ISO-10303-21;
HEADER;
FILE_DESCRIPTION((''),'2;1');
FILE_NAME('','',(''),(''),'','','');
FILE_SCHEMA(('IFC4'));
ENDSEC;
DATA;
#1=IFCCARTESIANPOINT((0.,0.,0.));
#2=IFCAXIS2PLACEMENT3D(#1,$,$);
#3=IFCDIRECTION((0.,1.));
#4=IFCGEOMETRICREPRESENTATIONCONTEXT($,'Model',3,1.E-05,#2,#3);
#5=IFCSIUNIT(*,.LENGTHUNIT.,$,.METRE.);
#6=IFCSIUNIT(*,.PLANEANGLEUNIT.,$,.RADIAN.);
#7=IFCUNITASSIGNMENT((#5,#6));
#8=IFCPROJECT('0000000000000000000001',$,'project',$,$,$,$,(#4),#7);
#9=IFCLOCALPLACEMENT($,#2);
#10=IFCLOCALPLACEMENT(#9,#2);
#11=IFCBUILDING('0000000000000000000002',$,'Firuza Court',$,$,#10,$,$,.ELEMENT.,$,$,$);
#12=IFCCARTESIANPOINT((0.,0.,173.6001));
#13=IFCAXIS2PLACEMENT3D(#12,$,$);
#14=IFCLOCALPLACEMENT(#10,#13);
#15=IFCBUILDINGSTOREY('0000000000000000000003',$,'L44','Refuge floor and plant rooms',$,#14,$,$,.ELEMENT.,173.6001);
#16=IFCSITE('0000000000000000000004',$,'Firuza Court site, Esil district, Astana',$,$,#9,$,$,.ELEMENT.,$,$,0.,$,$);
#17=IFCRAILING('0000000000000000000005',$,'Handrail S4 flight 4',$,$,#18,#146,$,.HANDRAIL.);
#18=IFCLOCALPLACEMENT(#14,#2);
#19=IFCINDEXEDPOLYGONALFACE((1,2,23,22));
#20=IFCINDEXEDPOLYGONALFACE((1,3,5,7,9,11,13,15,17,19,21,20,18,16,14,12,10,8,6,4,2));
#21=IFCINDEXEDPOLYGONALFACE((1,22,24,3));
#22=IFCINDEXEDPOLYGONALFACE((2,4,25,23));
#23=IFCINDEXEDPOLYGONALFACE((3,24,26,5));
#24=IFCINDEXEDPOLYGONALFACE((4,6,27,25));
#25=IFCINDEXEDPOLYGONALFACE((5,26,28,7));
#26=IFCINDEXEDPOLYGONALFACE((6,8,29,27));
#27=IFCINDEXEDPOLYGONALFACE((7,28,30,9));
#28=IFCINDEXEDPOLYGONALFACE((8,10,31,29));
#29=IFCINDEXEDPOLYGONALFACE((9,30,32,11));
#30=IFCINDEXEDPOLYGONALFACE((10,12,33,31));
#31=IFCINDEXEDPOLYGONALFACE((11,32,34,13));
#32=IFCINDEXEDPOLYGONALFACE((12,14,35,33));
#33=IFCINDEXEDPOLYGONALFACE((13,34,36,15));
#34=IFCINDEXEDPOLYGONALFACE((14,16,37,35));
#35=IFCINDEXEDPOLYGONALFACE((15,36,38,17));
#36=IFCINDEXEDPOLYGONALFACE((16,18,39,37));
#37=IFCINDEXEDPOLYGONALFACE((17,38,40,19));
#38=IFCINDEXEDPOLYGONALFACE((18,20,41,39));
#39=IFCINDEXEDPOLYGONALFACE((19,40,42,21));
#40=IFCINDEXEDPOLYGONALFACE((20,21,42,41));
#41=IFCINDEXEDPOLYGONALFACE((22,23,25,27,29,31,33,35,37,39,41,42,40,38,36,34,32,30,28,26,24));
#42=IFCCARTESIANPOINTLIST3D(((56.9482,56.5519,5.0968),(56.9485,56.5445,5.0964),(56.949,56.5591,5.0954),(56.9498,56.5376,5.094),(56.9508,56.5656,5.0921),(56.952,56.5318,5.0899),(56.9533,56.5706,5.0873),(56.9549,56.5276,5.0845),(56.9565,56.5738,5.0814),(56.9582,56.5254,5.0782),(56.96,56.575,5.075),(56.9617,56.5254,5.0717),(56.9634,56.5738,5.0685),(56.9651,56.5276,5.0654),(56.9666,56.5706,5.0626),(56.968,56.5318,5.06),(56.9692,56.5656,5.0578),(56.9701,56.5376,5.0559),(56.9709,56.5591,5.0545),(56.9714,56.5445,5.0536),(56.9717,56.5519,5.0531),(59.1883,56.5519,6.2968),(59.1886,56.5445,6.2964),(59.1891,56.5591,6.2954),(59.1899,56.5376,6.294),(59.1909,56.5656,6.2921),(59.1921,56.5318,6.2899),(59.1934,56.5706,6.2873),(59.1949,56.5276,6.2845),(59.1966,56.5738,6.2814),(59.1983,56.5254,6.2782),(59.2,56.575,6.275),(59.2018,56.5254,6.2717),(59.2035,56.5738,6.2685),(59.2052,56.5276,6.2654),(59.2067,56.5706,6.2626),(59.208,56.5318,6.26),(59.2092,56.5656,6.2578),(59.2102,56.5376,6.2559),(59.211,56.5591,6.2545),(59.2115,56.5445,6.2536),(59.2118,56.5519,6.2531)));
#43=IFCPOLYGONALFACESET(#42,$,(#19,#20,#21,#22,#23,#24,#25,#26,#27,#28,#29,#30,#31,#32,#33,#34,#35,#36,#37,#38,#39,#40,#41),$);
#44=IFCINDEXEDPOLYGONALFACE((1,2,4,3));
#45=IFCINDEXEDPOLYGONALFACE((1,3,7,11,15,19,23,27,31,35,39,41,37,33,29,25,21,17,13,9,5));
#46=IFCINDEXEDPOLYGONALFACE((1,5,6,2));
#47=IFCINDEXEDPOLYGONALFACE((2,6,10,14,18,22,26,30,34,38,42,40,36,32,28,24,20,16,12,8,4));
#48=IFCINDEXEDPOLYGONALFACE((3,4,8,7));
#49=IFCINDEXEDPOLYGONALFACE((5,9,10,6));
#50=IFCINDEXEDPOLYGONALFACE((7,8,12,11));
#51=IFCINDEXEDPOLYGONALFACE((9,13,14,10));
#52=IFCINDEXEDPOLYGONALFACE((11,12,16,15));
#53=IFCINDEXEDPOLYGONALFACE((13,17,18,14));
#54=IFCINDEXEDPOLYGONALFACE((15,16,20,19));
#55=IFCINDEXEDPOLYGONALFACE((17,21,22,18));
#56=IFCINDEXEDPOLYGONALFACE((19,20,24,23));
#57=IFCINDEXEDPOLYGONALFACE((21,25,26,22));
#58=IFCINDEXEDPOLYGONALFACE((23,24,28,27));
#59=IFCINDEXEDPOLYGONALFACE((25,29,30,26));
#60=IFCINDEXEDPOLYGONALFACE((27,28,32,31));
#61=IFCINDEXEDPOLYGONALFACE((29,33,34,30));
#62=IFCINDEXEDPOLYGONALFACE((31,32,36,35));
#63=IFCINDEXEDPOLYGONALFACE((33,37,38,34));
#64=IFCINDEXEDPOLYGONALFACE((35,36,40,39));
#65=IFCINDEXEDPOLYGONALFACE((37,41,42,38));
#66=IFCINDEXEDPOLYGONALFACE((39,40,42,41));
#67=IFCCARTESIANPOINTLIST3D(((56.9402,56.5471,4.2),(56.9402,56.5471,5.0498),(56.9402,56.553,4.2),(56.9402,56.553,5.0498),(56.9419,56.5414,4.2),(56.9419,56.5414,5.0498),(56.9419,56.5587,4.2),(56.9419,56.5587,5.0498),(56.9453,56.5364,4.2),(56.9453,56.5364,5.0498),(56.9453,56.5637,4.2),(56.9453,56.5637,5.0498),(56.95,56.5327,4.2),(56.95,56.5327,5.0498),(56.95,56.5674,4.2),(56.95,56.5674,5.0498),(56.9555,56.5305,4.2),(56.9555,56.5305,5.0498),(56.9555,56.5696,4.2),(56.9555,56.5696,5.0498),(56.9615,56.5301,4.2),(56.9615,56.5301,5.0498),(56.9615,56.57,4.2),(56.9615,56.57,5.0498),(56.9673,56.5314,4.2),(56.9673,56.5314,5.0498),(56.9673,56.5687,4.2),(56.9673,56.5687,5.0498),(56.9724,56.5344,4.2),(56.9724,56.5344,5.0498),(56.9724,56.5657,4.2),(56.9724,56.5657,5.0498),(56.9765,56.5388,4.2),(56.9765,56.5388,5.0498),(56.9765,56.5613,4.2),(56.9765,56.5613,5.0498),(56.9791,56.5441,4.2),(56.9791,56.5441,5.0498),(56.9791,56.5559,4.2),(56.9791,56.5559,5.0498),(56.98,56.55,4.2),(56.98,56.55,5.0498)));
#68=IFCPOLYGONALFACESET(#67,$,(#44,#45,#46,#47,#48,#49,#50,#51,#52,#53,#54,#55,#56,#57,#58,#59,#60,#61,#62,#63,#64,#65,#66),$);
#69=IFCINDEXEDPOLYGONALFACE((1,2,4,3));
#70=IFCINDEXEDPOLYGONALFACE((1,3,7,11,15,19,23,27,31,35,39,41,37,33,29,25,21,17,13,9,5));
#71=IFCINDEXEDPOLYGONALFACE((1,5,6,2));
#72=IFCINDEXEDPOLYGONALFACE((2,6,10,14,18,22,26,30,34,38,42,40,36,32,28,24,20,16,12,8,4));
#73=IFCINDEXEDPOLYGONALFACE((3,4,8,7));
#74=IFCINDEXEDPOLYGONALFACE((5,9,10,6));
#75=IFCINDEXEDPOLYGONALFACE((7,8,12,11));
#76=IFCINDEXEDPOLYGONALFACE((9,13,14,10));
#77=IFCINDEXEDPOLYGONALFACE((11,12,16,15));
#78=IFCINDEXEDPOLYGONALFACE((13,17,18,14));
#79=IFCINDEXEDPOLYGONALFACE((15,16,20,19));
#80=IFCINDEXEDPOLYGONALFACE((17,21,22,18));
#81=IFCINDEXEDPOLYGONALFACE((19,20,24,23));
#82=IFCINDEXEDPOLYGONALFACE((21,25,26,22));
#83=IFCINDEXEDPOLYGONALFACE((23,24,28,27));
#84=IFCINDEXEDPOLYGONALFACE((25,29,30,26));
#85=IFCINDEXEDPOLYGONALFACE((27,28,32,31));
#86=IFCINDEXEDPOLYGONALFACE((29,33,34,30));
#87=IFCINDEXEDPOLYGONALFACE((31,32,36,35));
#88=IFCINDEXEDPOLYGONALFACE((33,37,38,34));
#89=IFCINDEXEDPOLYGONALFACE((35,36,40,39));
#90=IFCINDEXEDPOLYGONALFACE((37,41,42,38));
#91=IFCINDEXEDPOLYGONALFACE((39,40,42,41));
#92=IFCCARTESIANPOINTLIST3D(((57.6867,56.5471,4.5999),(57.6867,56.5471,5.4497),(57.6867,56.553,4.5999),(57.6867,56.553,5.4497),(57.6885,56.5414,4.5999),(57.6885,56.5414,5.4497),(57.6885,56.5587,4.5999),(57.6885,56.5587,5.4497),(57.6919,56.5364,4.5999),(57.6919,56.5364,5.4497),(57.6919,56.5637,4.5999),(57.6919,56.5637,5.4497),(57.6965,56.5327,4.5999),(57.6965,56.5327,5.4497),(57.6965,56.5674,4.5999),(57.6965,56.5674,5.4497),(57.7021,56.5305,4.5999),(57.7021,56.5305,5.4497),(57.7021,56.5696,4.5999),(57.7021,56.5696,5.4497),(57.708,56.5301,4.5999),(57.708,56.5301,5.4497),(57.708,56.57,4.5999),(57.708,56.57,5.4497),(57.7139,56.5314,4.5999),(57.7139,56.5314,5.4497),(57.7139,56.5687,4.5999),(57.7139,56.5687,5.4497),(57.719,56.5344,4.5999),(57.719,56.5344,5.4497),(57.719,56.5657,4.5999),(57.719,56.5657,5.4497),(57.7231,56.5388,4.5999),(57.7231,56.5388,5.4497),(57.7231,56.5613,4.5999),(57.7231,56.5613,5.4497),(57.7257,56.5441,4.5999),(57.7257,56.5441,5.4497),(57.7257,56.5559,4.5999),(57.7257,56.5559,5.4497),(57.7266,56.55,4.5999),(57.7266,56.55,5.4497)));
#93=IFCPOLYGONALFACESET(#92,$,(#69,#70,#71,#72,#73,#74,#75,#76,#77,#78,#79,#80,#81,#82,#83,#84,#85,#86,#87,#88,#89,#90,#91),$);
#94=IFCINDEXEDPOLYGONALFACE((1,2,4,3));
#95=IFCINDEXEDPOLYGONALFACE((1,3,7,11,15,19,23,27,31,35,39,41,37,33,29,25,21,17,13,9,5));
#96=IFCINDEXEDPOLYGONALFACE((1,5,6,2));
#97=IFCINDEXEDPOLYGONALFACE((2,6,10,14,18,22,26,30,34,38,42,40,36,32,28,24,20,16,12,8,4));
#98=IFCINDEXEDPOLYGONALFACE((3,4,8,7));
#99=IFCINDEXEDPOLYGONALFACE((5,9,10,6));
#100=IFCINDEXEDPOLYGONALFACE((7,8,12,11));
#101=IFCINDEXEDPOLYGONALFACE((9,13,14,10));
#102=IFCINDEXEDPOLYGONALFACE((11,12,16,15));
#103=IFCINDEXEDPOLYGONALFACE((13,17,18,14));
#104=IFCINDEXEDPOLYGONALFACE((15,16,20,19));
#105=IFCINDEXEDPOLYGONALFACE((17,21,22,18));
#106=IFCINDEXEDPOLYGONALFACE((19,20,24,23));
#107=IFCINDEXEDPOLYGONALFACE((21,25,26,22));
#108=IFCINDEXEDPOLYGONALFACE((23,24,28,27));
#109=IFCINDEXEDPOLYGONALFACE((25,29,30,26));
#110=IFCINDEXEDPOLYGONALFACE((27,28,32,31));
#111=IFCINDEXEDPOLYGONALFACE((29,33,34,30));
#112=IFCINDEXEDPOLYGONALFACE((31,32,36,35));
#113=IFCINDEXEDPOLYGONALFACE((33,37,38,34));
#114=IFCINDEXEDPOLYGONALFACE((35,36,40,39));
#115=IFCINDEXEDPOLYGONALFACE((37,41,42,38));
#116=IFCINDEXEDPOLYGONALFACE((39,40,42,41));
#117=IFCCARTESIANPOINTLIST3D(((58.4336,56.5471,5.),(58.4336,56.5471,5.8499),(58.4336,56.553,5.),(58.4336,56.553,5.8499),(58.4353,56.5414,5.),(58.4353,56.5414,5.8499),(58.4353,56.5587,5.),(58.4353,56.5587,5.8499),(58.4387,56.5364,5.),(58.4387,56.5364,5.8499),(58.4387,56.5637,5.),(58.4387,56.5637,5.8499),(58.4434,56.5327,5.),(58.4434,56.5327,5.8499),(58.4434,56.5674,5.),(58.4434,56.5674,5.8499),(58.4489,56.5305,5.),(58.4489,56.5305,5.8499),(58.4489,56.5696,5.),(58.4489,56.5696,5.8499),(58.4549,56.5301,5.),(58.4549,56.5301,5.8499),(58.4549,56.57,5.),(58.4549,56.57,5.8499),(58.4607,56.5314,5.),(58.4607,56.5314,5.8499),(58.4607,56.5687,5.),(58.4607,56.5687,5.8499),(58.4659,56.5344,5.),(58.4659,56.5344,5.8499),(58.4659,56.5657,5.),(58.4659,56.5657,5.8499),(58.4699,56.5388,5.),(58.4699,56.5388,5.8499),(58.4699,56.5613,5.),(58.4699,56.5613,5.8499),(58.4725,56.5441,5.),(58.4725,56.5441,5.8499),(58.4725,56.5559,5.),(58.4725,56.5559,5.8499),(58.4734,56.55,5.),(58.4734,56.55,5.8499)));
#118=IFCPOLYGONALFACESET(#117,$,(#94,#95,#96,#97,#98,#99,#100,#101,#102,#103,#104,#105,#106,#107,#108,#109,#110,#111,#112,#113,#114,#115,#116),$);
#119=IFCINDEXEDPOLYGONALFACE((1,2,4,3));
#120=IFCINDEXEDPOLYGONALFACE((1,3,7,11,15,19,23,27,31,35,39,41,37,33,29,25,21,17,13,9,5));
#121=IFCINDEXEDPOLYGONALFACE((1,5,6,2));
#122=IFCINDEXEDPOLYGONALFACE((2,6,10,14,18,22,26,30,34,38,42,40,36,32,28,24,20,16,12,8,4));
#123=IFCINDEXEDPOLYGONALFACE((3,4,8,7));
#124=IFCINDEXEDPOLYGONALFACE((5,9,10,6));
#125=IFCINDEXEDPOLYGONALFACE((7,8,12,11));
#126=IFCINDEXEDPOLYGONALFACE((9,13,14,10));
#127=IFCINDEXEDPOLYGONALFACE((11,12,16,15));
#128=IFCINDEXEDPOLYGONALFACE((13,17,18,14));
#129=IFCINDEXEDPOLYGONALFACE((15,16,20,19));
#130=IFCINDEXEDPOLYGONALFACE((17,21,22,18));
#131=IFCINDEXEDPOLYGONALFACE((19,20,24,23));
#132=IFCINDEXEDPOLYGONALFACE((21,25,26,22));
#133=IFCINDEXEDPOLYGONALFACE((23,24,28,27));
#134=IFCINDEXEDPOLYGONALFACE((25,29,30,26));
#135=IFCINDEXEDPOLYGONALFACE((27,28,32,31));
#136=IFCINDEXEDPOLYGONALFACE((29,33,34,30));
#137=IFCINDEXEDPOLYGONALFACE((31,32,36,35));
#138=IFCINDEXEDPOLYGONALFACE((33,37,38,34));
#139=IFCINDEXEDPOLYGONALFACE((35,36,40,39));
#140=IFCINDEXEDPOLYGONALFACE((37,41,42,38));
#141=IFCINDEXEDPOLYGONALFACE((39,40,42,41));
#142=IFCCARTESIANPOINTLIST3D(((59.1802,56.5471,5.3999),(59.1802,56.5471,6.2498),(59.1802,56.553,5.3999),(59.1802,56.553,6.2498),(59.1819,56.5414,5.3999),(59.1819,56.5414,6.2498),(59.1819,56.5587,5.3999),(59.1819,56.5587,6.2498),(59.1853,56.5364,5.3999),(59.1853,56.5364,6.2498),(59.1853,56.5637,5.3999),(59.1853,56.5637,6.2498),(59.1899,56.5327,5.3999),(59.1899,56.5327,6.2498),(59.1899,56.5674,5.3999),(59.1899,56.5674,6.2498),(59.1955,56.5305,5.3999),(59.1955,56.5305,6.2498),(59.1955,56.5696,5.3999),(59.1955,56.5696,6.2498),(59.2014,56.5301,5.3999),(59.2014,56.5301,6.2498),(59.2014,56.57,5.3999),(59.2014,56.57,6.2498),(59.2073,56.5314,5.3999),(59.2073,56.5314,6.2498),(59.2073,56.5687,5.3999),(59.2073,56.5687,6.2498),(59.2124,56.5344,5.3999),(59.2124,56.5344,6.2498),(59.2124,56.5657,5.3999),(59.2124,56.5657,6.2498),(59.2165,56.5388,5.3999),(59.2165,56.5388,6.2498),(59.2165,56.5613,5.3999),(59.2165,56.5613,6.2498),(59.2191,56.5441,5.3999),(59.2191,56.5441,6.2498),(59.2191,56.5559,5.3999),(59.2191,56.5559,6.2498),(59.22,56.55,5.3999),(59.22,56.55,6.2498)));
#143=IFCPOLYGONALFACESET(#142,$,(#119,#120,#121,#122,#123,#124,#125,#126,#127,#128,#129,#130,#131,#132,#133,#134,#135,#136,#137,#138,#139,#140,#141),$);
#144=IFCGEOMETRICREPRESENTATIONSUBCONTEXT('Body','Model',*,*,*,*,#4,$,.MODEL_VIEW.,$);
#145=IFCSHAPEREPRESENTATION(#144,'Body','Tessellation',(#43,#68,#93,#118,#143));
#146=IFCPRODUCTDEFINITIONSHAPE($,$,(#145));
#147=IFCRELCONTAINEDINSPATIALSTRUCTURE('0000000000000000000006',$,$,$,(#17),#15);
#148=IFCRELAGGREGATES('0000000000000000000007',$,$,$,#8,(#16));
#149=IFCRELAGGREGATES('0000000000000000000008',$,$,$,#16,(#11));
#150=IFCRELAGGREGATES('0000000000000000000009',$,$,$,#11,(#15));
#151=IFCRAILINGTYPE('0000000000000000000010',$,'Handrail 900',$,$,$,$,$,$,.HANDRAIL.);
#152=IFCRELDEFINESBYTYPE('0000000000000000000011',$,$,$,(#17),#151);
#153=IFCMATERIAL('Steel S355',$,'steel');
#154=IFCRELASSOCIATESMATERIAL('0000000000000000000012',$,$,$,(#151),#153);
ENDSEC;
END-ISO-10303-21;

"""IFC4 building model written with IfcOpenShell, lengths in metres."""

from ifc_helpers import new_model, si_unit, direction, frame, origin, origin_2d, place, context, subcontext, project, spatial, circle, extrude, material, type_object, element, save


model = new_model("IFC4")

# Units and contexts
model_context = context("Model", 3, precision=1e-05, world=origin(), true_north=direction((0.0, 1.0)))
body_context = subcontext(model_context, "Body", "Model", "MODEL_VIEW")
ifc_project = project(units=[si_unit("LENGTHUNIT", "METRE"), si_unit("PLANEANGLEUNIT", "RADIAN")], contexts=[model_context])

# Site, building, storey
site_placement = place(None, origin())
site = spatial("IfcSite", under=ifc_project, at=site_placement, Name="Firuza Court site, Esil district, Astana", CompositionType="ELEMENT", RefElevation=0.0)
building_placement = place(site_placement, origin())
building = spatial("IfcBuilding", under=site, at=building_placement, Name="Firuza Court", CompositionType="ELEMENT")
storey_placement = place(building_placement, frame((0.0, 0.0, 173.6001)))
storey = spatial("IfcBuildingStorey", under=building, at=storey_placement, Name="L44", Description="Refuge floor and plant rooms", CompositionType="ELEMENT", Elevation=173.6001)

# Railing
ifc_material_1 = material(Name="Steel S355", Category="steel")
railing_type_1 = type_object("IfcRailingType", Name="Handrail 900", PredefinedType="HANDRAIL", material=ifc_material_1)
for number, where, name in (
    (1, (56.96, 56.55, 4.2), "Handrail S4 flight 4"),
):
    element("IfcRailing", number, at=place(storey_placement, frame(where)), inside=storey, type_object=railing_type_1, Name=name, PredefinedType="HANDRAIL", context=body_context, shape_type="SweptSolid", body=[
        extrude(circle(Radius=0.0249, at=origin_2d()), frame((0.0, 0.0, 0.875), z_axis=(0.881487, 0.0, 0.472208), x_axis=(0.0, 1.0, 0.0)), (0.0, 0.0, 1.0), 2.5413),
        extrude(circle(Radius=0.02, at=origin_2d()), origin(), (0.0, 0.0, 1.0), 0.8499),
        extrude(circle(Radius=0.02, at=origin_2d()), frame((0.7466, 0.0, 0.3999)), (0.0, 0.0, 1.0), 0.8499),
        extrude(circle(Radius=0.02, at=origin_2d()), frame((1.4934, 0.0, 0.8)), (0.0, 0.0, 1.0), 0.8499),
        extrude(circle(Radius=0.02, at=origin_2d()), frame((2.24, 0.0, 1.2)), (0.0, 0.0, 1.0), 0.8499),
    ])

save(model, "model.ifc")
